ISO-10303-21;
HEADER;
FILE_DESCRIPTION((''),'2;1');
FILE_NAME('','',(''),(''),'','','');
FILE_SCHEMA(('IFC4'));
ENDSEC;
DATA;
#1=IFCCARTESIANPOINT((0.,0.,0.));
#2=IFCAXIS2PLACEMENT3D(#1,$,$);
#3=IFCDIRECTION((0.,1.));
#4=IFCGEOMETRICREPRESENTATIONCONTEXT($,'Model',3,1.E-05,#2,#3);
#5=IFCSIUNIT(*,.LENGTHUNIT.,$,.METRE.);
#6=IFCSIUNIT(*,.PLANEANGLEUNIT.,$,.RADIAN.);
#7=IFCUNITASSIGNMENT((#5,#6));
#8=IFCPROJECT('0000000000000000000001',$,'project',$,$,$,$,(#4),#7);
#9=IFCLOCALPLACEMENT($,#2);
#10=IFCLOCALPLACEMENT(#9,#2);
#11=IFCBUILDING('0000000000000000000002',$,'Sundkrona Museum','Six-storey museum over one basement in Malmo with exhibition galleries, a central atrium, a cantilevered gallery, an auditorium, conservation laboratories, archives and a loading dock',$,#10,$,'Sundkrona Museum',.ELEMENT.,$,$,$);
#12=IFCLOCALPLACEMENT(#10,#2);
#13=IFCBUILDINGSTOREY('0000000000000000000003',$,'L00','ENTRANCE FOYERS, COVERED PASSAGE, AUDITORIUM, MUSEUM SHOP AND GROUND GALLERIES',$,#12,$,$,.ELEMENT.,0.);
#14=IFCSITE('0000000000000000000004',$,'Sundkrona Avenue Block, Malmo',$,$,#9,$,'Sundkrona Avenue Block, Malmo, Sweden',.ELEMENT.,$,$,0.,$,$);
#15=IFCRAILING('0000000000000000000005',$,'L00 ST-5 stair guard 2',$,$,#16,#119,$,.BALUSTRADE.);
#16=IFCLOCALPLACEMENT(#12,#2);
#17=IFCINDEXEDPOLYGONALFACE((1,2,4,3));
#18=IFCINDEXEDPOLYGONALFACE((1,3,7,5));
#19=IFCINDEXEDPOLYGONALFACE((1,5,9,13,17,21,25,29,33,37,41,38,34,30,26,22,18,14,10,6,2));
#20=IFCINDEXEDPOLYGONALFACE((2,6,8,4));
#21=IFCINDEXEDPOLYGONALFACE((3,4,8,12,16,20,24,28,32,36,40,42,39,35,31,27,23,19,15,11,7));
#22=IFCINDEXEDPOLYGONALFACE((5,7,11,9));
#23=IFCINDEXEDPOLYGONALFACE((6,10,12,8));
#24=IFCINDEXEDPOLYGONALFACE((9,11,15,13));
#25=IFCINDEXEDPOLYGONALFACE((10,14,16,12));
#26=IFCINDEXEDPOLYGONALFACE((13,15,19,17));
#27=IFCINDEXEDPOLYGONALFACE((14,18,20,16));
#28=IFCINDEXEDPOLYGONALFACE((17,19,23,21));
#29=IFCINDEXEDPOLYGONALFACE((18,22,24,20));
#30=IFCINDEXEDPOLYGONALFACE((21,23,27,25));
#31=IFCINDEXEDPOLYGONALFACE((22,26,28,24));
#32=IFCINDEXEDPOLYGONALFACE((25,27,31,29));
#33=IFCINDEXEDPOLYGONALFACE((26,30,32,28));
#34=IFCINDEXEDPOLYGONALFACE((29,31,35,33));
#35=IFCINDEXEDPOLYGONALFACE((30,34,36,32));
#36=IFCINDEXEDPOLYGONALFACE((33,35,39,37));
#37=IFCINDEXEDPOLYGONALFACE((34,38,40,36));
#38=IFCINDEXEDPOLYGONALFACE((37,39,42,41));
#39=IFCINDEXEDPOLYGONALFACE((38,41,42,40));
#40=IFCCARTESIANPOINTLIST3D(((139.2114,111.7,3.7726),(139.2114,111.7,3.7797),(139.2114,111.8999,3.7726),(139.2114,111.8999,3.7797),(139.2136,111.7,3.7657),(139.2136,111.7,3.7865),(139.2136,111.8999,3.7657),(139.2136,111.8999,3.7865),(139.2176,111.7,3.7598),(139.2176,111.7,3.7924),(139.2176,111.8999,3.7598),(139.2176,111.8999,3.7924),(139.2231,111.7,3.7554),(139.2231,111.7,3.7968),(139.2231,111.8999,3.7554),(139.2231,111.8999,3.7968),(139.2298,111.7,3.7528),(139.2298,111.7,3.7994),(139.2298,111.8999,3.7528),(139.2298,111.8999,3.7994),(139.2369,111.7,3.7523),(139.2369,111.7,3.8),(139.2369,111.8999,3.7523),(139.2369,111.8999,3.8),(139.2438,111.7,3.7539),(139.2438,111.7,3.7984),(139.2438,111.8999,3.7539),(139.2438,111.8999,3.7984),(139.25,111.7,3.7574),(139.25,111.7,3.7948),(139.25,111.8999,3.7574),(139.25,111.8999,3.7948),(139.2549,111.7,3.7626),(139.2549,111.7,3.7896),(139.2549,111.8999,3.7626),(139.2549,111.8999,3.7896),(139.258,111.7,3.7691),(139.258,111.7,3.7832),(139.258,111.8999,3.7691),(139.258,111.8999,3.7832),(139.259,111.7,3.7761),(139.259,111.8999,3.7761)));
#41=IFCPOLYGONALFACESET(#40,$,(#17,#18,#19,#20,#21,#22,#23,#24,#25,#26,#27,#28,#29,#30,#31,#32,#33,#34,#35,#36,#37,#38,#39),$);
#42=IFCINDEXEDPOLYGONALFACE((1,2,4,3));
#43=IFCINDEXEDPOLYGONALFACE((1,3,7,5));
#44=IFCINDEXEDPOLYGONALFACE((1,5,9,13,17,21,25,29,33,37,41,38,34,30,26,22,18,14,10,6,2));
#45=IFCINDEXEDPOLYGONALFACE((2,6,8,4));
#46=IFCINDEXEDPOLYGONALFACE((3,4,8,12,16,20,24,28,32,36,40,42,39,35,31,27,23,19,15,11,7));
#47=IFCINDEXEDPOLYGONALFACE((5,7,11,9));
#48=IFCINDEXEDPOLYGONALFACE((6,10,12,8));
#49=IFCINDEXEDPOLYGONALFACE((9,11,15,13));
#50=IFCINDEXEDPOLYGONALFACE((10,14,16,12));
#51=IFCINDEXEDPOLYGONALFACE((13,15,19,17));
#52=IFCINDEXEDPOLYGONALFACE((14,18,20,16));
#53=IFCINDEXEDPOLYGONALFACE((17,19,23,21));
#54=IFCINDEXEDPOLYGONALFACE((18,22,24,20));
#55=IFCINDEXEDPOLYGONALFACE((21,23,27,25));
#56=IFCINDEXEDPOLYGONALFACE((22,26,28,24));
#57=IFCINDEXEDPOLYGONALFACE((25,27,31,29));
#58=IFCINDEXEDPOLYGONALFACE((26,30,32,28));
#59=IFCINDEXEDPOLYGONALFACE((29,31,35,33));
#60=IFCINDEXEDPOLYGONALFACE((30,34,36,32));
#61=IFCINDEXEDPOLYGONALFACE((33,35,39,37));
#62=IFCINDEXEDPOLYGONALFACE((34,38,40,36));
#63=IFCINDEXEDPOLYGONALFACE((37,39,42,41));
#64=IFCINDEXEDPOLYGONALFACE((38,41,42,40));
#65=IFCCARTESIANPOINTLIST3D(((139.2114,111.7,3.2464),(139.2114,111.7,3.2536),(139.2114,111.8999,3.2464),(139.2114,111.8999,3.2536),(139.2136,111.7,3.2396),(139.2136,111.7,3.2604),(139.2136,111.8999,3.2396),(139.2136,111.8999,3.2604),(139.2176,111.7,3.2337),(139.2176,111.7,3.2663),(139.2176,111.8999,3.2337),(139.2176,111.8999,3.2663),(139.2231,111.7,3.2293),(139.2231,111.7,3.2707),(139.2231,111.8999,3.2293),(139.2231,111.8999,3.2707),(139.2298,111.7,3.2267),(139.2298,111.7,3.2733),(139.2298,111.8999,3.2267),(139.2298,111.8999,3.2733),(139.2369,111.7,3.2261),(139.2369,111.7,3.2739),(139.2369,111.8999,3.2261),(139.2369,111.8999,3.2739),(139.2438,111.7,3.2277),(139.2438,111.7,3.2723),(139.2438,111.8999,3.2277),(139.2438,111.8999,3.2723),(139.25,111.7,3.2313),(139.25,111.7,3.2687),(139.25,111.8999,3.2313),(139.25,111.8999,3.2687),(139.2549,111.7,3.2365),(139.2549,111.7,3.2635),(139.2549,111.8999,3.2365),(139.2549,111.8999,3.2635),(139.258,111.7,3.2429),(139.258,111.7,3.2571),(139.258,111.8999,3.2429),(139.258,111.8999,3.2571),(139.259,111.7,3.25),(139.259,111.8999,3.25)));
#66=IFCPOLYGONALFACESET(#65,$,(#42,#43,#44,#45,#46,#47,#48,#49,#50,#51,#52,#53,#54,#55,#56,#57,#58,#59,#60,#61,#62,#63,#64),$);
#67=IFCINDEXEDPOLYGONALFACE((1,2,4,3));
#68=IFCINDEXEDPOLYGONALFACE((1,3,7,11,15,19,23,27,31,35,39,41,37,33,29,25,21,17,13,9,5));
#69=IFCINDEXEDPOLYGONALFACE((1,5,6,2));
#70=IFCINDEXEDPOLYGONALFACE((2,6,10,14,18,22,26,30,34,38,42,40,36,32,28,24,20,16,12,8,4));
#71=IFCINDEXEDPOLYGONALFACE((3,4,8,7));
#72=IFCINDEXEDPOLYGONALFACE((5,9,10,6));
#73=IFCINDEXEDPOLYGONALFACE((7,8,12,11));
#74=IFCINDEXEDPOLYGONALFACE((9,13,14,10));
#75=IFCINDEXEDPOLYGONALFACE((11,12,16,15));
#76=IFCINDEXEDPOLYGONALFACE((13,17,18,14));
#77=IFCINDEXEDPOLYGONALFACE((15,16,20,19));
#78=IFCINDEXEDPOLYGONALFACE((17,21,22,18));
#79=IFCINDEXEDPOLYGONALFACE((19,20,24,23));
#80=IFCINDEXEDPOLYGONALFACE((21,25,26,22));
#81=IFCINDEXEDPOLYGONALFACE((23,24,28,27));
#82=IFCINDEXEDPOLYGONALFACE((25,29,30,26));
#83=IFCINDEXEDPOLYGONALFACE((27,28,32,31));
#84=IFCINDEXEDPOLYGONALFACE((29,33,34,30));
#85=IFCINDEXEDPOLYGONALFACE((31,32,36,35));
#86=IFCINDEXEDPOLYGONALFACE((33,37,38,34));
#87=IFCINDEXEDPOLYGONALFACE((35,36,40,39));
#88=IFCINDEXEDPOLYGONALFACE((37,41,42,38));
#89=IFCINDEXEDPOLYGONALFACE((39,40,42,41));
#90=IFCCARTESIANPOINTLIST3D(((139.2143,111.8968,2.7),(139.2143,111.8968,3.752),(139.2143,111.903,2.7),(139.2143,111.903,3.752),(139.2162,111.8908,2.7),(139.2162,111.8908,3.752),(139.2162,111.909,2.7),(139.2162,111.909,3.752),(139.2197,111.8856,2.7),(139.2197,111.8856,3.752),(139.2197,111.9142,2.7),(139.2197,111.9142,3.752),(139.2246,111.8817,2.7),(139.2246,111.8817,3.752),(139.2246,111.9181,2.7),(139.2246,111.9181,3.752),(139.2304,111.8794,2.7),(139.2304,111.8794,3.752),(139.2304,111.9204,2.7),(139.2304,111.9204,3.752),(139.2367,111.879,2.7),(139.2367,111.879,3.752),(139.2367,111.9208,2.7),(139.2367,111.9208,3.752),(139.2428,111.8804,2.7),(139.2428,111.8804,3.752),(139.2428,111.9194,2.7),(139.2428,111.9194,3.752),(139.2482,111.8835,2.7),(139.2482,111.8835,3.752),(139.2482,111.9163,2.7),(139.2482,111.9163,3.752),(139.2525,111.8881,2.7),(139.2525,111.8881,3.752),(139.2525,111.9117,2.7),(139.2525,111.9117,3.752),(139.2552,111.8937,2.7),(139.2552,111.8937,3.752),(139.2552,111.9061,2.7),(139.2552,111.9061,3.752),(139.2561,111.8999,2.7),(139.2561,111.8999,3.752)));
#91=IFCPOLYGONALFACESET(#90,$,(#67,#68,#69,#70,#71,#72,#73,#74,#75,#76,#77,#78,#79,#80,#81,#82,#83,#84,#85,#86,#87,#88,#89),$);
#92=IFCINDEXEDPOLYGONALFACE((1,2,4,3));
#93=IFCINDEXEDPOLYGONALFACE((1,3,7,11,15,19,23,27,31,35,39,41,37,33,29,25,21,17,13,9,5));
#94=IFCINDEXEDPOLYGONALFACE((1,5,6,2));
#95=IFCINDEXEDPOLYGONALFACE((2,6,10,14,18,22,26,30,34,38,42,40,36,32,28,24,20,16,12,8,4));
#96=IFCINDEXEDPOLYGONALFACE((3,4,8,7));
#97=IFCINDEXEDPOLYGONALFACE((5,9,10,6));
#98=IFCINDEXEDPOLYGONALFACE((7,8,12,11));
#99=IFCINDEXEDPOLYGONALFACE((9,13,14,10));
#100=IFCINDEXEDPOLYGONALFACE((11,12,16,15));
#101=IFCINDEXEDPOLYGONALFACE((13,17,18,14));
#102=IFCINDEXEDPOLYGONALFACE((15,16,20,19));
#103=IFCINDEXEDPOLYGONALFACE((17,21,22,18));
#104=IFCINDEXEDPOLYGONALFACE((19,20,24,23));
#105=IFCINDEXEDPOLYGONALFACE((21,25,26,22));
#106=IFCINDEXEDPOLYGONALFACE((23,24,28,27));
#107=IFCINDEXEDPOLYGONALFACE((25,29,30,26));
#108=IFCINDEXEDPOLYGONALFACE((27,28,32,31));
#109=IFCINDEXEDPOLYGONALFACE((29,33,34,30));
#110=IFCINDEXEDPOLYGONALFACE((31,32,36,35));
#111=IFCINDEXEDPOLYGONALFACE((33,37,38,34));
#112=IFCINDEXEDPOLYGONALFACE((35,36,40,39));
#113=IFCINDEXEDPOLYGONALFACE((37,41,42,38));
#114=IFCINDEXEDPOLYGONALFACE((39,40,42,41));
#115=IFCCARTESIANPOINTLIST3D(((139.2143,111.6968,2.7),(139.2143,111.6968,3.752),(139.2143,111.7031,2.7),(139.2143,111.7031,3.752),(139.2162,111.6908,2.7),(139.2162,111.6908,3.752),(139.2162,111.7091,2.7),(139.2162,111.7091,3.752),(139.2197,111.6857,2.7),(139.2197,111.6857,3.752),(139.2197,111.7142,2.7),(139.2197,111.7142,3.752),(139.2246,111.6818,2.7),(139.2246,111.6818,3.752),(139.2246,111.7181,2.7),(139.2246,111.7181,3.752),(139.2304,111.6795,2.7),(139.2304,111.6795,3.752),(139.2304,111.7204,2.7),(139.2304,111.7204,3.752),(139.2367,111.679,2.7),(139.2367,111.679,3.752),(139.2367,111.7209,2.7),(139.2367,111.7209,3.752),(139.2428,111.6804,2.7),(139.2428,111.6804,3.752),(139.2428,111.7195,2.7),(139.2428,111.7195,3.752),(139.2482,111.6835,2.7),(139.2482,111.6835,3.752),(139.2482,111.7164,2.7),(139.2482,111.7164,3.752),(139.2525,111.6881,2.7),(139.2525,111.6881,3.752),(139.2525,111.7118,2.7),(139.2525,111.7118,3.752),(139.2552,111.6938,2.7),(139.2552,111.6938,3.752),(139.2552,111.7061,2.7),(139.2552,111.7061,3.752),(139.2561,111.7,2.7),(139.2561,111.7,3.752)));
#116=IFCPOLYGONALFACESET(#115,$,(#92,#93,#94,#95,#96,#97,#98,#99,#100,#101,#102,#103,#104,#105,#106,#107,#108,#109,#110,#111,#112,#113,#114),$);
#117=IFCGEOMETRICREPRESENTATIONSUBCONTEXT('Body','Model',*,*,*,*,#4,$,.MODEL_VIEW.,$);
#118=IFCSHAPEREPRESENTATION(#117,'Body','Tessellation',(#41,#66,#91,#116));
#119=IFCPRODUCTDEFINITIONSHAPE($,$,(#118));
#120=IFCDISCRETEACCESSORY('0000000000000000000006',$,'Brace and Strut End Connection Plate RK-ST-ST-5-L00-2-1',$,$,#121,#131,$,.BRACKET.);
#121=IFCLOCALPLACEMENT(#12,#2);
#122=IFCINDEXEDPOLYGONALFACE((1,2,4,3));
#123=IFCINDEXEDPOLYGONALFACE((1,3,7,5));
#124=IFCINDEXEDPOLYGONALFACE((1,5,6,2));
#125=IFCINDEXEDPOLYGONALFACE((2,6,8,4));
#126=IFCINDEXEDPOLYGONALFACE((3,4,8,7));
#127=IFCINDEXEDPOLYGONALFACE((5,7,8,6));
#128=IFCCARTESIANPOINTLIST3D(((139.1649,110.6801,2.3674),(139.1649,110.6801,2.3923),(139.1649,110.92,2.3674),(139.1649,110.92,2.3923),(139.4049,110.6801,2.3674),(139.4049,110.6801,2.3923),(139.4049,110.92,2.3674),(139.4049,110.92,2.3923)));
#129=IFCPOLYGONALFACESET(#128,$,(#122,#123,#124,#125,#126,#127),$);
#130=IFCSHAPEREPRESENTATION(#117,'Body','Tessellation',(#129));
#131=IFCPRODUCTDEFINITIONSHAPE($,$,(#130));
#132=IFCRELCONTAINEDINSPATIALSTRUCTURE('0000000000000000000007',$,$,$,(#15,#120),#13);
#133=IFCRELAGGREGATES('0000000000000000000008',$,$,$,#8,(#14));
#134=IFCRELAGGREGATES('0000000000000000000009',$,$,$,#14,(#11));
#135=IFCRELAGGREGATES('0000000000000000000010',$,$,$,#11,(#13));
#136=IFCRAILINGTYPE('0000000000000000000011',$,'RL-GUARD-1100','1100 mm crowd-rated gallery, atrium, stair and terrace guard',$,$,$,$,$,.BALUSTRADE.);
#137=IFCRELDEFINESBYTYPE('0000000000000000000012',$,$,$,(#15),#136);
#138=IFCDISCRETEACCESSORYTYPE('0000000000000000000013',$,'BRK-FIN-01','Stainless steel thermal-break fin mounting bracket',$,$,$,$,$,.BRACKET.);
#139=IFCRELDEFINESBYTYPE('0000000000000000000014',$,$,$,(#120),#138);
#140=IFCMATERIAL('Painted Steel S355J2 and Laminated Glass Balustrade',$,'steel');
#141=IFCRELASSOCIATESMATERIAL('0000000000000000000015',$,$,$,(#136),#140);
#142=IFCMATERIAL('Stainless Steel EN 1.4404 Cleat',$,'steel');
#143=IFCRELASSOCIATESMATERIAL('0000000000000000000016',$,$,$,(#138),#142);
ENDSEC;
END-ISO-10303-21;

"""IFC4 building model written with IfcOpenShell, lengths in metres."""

from ifc_helpers import new_model, si_unit, direction, frame, origin, origin_2d, place, context, subcontext, project, spatial, rectangle, circle, extrude, material, type_object, element, save


model = new_model("IFC4")

# Units and contexts
model_context = context("Model", 3, precision=1e-05, world=origin(), true_north=direction((0.0, 1.0)))
body_context = subcontext(model_context, "Body", "Model", "MODEL_VIEW")
ifc_project = project(units=[si_unit("LENGTHUNIT", "METRE"), si_unit("PLANEANGLEUNIT", "RADIAN")], contexts=[model_context])

# Site, building, storey
site_placement = place(None, origin())
site = spatial("IfcSite", under=ifc_project, at=site_placement, Name="Sundkrona Avenue Block, Malmo", LongName="Sundkrona Avenue Block, Malmo, Sweden", CompositionType="ELEMENT", RefElevation=0.0)
building_placement = place(site_placement, origin())
building = spatial("IfcBuilding", under=site, at=building_placement, Name="Sundkrona Museum", Description="Six-storey museum over one basement in Malmo with exhibition galleries, a central atrium, a cantilevered gallery, an auditorium, conservation laboratories, archives and a loading dock", LongName="Sundkrona Museum", CompositionType="ELEMENT")
storey_placement = place(building_placement, origin())
storey = spatial("IfcBuildingStorey", under=building, at=storey_placement, Name="L00", Description="ENTRANCE FOYERS, COVERED PASSAGE, AUDITORIUM, MUSEUM SHOP AND GROUND GALLERIES", CompositionType="ELEMENT", Elevation=0.0)

# Railing
ifc_material_1 = material(Name="Painted Steel S355J2 and Laminated Glass Balustrade", Category="steel")
railing_type_1 = type_object("IfcRailingType", Name="RL-GUARD-1100", Description="1100 mm crowd-rated gallery, atrium, stair and terrace guard", PredefinedType="BALUSTRADE", material=ifc_material_1)
railing_1_placement = place(storey_placement, frame((139.2351, 111.8999, 2.7)))
element("IfcRailing", 1, at=railing_1_placement, inside=storey, type_object=railing_type_1, Name="L00 ST-5 stair guard 2", PredefinedType="BALUSTRADE", context=body_context, shape_type="SweptSolid", body=[
    extrude(circle(Radius=0.0239, at=origin_2d()), frame((0.0, 0.0, 1.0762), z_axis=(0.0, -1.0, 0.0), x_axis=(1.0, 0.0, 0.0)), (0.0, 0.0, 1.0), 0.2),
    extrude(circle(Radius=0.0239, at=origin_2d()), frame((0.0, 0.0, 0.55), z_axis=(0.0, -1.0, 0.0), x_axis=(1.0, 0.0, 0.0)), (0.0, 0.0, 1.0), 0.2),
    extrude(circle(Radius=0.021, at=origin_2d()), origin(), (0.0, 0.0, 1.0), 1.052),
    extrude(circle(Radius=0.021, at=origin_2d()), frame((0.0, -0.2, 0.0)), (0.0, 0.0, 1.0), 1.052),
])

# Discrete accessory
ifc_material_2 = material(Name="Stainless Steel EN 1.4404 Cleat", Category="steel")
discrete_accessory_type = type_object("IfcDiscreteAccessoryType", Name="BRK-FIN-01", Description="Stainless steel thermal-break fin mounting bracket", PredefinedType="BRACKET", material=ifc_material_2)
discrete_accessory_placement = place(storey_placement, frame((139.2849, 110.8, 2.3674), z_axis=(0.0, 0.0, 1.0), x_axis=(1.0, 0.0, 0.0)))
element("IfcDiscreteAccessory", 2, at=discrete_accessory_placement, inside=storey, type_object=discrete_accessory_type, Name="Brace and Strut End Connection Plate RK-ST-ST-5-L00-2-1", PredefinedType="BRACKET", context=body_context, shape_type="SweptSolid", body=[
    extrude(rectangle(XDim=0.24, YDim=0.24, at=origin_2d()), origin(), (0.0, 0.0, 1.0), 0.0249),
])

save(model, "model.ifc")
